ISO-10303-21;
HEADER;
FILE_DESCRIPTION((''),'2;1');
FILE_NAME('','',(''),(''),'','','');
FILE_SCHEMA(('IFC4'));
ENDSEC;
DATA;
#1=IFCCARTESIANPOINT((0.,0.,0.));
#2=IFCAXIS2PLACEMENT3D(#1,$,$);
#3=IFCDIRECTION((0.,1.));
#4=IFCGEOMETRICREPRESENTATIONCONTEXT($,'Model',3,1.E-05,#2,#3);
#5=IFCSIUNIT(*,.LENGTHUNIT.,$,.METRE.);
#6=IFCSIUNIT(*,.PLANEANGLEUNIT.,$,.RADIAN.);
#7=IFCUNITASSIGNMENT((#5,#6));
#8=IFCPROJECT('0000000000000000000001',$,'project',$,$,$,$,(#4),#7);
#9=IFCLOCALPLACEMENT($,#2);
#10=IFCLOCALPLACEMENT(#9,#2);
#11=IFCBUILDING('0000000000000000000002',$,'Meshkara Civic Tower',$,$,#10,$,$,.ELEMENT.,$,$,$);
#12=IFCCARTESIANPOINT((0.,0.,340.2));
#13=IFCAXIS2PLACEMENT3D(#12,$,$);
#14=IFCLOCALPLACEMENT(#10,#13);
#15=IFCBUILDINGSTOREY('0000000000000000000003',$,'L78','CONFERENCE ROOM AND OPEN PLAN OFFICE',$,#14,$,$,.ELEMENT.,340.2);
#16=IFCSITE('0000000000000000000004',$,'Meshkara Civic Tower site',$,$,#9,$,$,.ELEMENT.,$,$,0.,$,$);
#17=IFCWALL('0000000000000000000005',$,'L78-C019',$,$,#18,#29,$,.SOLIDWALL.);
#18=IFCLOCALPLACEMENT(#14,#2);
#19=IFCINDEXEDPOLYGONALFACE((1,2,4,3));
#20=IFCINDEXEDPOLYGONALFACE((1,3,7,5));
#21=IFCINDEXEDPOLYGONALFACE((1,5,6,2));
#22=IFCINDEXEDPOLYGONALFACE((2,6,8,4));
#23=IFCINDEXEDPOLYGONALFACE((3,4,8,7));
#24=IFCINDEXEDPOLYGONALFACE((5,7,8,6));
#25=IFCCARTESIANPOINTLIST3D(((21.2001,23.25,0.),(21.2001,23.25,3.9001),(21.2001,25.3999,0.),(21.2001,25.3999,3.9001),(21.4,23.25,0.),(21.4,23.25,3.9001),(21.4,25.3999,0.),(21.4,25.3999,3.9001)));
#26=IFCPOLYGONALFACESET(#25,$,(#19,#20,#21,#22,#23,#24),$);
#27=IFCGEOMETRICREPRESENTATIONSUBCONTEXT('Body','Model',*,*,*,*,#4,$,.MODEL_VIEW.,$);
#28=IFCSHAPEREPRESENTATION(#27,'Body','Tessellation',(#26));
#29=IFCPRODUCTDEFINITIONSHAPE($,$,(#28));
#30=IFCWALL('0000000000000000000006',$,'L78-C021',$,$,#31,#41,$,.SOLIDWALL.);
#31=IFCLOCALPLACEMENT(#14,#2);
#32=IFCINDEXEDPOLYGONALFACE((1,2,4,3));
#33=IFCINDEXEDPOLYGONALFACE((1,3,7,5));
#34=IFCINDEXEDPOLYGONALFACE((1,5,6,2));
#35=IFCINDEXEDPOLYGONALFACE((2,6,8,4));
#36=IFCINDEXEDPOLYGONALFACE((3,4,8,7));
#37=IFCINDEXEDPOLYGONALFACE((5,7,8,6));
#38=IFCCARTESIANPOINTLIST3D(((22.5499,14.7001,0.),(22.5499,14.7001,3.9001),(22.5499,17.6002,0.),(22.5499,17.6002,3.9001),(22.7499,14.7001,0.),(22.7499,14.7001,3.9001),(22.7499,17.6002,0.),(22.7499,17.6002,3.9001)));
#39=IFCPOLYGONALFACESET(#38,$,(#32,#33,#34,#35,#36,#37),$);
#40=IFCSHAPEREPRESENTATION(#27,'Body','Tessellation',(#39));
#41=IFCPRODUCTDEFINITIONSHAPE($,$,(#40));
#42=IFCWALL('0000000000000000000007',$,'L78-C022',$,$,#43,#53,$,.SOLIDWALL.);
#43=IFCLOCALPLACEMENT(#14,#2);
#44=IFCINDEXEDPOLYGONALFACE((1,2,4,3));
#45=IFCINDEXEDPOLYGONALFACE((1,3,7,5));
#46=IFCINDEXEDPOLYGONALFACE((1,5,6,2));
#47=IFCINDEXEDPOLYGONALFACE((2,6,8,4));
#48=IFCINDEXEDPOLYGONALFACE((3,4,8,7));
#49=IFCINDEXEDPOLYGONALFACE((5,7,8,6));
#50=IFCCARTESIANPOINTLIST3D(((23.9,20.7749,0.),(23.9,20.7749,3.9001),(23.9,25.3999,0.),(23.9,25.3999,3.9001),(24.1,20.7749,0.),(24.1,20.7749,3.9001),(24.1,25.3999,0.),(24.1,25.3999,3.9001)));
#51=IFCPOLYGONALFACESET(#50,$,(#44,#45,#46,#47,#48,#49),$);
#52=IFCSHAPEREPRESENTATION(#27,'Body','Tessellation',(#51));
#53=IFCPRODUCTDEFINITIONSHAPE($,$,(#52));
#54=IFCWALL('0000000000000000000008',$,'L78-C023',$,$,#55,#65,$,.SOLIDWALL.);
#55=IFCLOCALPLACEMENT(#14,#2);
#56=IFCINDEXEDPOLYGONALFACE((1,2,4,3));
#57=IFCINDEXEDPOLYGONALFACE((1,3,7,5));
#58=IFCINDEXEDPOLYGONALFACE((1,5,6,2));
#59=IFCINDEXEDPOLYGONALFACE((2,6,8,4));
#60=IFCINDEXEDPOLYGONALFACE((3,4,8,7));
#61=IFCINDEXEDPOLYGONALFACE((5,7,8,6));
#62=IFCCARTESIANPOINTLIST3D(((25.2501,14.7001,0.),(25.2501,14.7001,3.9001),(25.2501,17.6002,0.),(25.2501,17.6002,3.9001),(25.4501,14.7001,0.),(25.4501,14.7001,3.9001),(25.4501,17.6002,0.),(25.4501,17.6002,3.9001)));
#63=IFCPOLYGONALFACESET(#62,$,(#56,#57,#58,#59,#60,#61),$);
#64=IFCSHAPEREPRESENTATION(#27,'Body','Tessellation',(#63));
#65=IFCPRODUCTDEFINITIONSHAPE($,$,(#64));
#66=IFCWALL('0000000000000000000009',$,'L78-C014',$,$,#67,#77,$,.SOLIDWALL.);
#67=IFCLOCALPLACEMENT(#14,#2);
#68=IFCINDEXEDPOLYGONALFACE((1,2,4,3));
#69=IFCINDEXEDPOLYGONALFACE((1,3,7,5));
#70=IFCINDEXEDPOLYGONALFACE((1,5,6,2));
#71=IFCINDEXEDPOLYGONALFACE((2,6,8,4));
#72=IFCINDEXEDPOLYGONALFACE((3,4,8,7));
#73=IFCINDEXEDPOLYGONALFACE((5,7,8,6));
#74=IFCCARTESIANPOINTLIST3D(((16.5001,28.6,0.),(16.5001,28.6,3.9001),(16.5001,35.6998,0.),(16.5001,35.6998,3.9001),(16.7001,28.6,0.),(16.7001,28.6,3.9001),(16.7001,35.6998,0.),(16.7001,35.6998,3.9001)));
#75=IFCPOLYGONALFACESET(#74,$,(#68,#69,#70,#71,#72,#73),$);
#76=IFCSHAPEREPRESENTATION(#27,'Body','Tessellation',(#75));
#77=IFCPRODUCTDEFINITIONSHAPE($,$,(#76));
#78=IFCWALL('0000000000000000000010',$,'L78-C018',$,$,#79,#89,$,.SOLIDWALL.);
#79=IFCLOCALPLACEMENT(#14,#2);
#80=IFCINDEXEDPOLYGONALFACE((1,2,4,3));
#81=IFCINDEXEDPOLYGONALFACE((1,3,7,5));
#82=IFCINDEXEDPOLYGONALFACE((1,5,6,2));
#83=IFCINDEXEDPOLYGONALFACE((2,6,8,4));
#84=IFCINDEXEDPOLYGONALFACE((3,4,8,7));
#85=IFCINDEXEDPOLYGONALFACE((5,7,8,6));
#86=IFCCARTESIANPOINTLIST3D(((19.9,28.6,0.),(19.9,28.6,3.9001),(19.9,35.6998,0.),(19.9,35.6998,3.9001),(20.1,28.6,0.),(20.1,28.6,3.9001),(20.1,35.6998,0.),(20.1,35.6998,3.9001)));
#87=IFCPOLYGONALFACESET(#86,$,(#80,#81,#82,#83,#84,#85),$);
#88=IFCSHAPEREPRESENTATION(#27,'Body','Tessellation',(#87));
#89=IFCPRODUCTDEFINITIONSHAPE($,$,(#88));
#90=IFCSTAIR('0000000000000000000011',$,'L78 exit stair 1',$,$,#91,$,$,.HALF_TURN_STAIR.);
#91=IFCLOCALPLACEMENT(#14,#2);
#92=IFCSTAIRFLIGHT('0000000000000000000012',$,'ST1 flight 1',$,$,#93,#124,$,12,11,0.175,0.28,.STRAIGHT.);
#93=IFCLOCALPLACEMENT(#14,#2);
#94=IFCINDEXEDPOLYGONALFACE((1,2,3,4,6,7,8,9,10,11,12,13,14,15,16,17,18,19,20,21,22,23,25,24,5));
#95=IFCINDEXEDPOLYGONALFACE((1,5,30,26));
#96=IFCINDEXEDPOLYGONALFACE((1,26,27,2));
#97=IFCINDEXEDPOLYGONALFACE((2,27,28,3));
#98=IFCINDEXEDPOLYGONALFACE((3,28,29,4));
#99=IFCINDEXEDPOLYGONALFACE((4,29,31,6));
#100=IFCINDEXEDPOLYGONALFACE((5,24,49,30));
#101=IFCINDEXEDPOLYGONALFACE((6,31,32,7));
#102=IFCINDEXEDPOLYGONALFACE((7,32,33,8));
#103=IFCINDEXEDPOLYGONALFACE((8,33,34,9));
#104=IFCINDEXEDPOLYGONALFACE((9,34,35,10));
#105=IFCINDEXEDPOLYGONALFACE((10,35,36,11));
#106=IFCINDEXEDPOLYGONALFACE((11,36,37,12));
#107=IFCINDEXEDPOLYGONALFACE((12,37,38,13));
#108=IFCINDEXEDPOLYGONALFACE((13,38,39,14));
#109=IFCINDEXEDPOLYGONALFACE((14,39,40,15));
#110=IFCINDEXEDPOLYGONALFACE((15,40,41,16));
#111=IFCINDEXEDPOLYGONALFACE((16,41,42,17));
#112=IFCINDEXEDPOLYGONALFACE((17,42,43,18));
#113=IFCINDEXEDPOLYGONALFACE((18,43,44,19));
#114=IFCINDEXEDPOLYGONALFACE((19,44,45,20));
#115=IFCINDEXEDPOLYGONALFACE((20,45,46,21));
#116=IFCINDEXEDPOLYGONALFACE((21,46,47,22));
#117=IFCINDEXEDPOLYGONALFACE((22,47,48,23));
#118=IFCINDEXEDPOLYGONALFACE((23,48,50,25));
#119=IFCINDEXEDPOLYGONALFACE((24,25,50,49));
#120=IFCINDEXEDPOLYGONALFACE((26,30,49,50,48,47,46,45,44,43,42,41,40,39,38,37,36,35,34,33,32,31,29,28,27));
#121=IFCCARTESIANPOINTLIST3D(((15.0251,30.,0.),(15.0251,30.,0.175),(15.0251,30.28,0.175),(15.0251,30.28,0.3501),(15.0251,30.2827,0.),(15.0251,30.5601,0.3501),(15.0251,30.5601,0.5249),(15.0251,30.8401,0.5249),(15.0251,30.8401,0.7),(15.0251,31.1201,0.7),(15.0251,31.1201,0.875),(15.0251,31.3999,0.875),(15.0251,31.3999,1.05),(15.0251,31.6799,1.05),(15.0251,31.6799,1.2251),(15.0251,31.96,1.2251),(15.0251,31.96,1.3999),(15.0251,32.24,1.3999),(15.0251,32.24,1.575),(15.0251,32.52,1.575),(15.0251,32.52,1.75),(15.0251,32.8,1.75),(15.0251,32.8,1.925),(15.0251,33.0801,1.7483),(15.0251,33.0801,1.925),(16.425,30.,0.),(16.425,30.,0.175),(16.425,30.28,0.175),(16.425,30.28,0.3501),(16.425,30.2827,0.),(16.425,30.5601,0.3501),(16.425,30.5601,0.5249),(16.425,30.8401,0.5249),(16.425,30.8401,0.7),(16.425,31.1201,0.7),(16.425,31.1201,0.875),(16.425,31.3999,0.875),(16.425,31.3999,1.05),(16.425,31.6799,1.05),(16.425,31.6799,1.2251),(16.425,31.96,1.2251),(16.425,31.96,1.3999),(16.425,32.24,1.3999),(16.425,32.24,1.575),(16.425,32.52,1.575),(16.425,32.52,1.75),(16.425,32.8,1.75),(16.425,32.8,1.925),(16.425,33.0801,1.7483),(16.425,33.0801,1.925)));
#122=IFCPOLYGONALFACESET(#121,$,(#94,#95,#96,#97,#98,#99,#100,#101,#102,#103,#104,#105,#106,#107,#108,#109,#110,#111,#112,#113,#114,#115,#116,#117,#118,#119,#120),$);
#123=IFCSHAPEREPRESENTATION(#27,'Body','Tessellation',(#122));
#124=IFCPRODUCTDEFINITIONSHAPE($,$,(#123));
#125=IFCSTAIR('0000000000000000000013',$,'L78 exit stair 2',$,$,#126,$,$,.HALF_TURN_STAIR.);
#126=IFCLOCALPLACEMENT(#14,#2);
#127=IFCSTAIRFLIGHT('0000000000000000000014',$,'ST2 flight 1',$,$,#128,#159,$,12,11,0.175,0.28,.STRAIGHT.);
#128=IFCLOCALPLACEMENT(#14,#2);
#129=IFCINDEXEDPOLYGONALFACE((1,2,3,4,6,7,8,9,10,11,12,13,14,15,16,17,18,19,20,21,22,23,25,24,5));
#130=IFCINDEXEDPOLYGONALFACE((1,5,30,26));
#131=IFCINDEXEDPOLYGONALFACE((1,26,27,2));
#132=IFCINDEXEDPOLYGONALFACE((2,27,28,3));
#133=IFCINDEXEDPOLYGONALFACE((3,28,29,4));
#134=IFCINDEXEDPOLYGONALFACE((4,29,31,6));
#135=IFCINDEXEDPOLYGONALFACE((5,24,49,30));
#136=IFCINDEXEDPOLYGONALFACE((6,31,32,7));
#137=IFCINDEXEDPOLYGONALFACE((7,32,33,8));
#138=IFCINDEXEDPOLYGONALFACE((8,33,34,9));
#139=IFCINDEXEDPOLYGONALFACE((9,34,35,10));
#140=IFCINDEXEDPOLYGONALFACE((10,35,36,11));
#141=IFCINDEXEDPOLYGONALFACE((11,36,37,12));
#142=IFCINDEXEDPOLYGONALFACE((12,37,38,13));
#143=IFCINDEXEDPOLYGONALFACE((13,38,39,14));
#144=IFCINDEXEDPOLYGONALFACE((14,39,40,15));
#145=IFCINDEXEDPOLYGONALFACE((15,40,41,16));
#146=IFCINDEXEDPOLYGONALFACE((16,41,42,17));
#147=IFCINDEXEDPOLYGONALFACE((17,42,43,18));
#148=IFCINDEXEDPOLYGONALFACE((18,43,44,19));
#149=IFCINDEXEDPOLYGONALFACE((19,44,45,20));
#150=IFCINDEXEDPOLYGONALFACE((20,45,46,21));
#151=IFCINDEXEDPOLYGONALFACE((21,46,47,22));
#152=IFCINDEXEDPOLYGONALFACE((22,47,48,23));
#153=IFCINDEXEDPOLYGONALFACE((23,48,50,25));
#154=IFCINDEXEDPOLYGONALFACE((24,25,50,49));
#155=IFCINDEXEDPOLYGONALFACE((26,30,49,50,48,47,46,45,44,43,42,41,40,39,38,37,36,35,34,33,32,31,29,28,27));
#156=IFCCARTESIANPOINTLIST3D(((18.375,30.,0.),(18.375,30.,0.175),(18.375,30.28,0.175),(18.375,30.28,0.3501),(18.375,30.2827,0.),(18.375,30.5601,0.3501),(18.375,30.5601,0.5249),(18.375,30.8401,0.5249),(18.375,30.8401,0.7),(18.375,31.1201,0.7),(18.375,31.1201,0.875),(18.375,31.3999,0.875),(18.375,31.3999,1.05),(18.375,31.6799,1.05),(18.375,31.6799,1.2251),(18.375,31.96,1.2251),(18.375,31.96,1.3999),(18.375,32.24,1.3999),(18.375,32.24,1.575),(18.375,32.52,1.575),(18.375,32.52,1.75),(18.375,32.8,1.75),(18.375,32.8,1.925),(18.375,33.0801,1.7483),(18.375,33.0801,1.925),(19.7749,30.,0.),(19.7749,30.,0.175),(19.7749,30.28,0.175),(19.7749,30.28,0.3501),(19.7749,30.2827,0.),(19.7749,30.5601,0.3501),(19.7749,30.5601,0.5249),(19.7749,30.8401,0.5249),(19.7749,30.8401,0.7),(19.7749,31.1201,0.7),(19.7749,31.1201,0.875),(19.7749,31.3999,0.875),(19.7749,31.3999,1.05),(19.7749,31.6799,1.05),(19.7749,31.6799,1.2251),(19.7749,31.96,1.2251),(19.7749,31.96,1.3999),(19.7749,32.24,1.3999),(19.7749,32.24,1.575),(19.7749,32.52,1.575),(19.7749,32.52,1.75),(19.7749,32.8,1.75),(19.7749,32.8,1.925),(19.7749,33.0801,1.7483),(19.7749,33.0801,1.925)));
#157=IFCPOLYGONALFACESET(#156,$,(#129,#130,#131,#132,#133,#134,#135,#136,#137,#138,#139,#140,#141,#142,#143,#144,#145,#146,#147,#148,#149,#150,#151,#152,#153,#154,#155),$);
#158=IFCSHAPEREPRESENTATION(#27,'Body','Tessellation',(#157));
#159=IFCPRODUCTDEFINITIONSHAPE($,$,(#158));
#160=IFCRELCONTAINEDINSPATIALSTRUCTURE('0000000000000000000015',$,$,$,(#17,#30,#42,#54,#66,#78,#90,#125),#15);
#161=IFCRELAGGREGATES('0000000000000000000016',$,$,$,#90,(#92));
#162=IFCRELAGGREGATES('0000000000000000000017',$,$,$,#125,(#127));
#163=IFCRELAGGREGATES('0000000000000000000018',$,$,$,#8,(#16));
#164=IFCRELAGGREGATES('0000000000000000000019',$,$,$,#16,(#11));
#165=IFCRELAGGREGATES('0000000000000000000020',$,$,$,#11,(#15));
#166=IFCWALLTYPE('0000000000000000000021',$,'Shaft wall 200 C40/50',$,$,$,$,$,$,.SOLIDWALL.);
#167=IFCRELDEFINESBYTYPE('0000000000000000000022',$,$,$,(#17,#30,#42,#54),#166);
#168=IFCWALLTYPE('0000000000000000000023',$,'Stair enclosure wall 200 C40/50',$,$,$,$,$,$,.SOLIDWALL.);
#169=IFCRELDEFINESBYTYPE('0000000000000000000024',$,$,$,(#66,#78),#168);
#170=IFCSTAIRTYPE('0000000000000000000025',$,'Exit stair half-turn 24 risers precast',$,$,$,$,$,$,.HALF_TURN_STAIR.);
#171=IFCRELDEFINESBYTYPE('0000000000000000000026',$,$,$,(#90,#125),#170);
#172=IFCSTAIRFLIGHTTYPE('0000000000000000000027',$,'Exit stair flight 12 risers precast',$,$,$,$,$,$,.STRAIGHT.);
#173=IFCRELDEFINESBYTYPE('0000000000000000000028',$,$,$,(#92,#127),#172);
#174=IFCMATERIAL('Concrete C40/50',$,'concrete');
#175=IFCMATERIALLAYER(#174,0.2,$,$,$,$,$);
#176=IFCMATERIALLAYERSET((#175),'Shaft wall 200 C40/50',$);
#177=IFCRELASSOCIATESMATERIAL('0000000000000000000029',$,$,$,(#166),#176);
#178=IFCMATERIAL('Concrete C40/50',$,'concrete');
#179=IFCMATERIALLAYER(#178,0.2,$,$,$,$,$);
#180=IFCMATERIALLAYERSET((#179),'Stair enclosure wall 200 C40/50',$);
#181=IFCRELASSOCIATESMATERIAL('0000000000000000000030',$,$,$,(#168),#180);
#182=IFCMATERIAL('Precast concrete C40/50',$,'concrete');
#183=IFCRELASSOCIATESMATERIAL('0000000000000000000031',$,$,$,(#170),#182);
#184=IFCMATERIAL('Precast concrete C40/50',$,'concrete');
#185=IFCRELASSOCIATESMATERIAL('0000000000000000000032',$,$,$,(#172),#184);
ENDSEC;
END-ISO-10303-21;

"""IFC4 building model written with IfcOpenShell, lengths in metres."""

from ifc_helpers import new_model, si_unit, direction, frame, frame_2d, origin, place, context, subcontext, project, spatial, polyline, rectangle, outline, extrude, material, layer, layer_set, type_object, element, aggregate, save


model = new_model("IFC4")

# Units and contexts
model_context = context("Model", 3, precision=1e-05, world=origin(), true_north=direction((0.0, 1.0)))
body_context = subcontext(model_context, "Body", "Model", "MODEL_VIEW")
ifc_project = project(units=[si_unit("LENGTHUNIT", "METRE"), si_unit("PLANEANGLEUNIT", "RADIAN")], contexts=[model_context])

# Site, building, storey
site_placement = place(None, origin())
site = spatial("IfcSite", under=ifc_project, at=site_placement, Name="Meshkara Civic Tower site", CompositionType="ELEMENT", RefElevation=0.0)
building_placement = place(site_placement, origin())
building = spatial("IfcBuilding", under=site, at=building_placement, Name="Meshkara Civic Tower", CompositionType="ELEMENT")
storey_placement = place(building_placement, frame((0.0, 0.0, 340.2)))
storey = spatial("IfcBuildingStorey", under=building, at=storey_placement, Name="L78", Description="CONFERENCE ROOM AND OPEN PLAN OFFICE", CompositionType="ELEMENT", Elevation=340.2)

# Shared definitions
ifc_material_1 = material(Name="Concrete C40/50", Category="concrete")
ifc_layer_1 = layer(ifc_material_1, 0.2)
ifc_layer_set_1 = layer_set([ifc_layer_1], Name="Shaft wall 200 C40/50")
wall_type_1 = type_object("IfcWallType", Name="Shaft wall 200 C40/50", PredefinedType="SOLIDWALL", material=ifc_layer_set_1)

# Walls
wall_1_placement = place(storey_placement, frame((21.3, 23.25, 0.0), z_axis=(0.0, 0.0, 1.0), x_axis=(0.0, 1.0, 0.0)))
element("IfcWall", 1, at=wall_1_placement, inside=storey, type_object=wall_type_1, Name="L78-C019", PredefinedType="SOLIDWALL", context=body_context, shape_type="SweptSolid", body=[
    extrude(rectangle(XDim=2.1499, YDim=0.2, at=frame_2d((1.075, 0.0))), origin(), (0.0, 0.0, 1.0), 3.9001),
])
wall_2_placement = place(storey_placement, frame((22.6499, 14.7, 0.0), z_axis=(0.0, 0.0, 1.0), x_axis=(0.0, 1.0, 0.0)))
element("IfcWall", 2, at=wall_2_placement, inside=storey, type_object=wall_type_1, Name="L78-C021", PredefinedType="SOLIDWALL", context=body_context, shape_type="SweptSolid", body=[
    extrude(rectangle(XDim=2.9001, YDim=0.2, at=frame_2d((1.4502, 0.0))), origin(), (0.0, 0.0, 1.0), 3.9001),
])
wall_3_placement = place(storey_placement, frame((24.0, 20.7749, 0.0), z_axis=(0.0, 0.0, 1.0), x_axis=(0.0, 1.0, 0.0)))
element("IfcWall", 3, at=wall_3_placement, inside=storey, type_object=wall_type_1, Name="L78-C022", PredefinedType="SOLIDWALL", context=body_context, shape_type="SweptSolid", body=[
    extrude(rectangle(XDim=4.625, YDim=0.2, at=frame_2d((2.3125, 0.0))), origin(), (0.0, 0.0, 1.0), 3.9001),
])
wall_4_placement = place(storey_placement, frame((25.3501, 14.7, 0.0), z_axis=(0.0, 0.0, 1.0), x_axis=(0.0, 1.0, 0.0)))
element("IfcWall", 4, at=wall_4_placement, inside=storey, type_object=wall_type_1, Name="L78-C023", PredefinedType="SOLIDWALL", context=body_context, shape_type="SweptSolid", body=[
    extrude(rectangle(XDim=2.9001, YDim=0.2, at=frame_2d((1.4502, 0.0))), origin(), (0.0, 0.0, 1.0), 3.9001),
])
ifc_material_2 = material(Name="Concrete C40/50", Category="concrete")
ifc_layer_2 = layer(ifc_material_2, 0.2)
ifc_layer_set_2 = layer_set([ifc_layer_2], Name="Stair enclosure wall 200 C40/50")
wall_type_2 = type_object("IfcWallType", Name="Stair enclosure wall 200 C40/50", PredefinedType="SOLIDWALL", material=ifc_layer_set_2)
for number, where, z_axis, x_axis, name in (
    (5, (16.6001, 28.6001, 0.0), (0.0, 0.0, 1.0), (0.0, 1.0, 0.0), "L78-C014"),
    (6, (20.0, 28.6001, 0.0), (0.0, 0.0, 1.0), (0.0, 1.0, 0.0), "L78-C018"),
):
    element("IfcWall", number, at=place(storey_placement, frame(where, z_axis=z_axis, x_axis=x_axis)), inside=storey, type_object=wall_type_2, Name=name, PredefinedType="SOLIDWALL", context=body_context, shape_type="SweptSolid", body=[
        extrude(rectangle(XDim=7.0999, YDim=0.2, at=frame_2d((3.5498, 0.0))), origin(), (0.0, 0.0, 1.0), 3.9001),
    ])

# Stair, stair flight
ifc_material_3 = material(Name="Precast concrete C40/50", Category="concrete")
stair_type = type_object("IfcStairType", Name="Exit stair half-turn 24 risers precast", PredefinedType="HALF_TURN_STAIR", material=ifc_material_3)
stair_1_placement = place(storey_placement, origin())
stair_1 = element("IfcStair", 7, at=stair_1_placement, inside=storey, type_object=stair_type, Name="L78 exit stair 1", PredefinedType="HALF_TURN_STAIR")
ifc_material_4 = material(Name="Precast concrete C40/50", Category="concrete")
stair_flight_type = type_object("IfcStairFlightType", Name="Exit stair flight 12 risers precast", PredefinedType="STRAIGHT", material=ifc_material_4)
stair_flight_1_placement = place(storey_placement, frame((15.7251, 30.0, 0.0), z_axis=(0.0, 0.0, 1.0), x_axis=(0.0, 1.0, 0.0)))
stair_flight_1 = element("IfcStairFlight", 8, at=stair_flight_1_placement, type_object=stair_flight_type, Name="ST1 flight 1", NumberOfRisers=12, NumberOfTreads=11, PredefinedType="STRAIGHT", RiserHeight=0.175, TreadLength=0.28, context=body_context, shape_type="SweptSolid", body=[
    extrude(outline(polyline([(0.0, 0.0), (0.0, 0.175), (0.28, 0.175), (0.28, 0.3501), (0.5601, 0.3501), (0.5601, 0.5249), (0.8401, 0.5249), (0.8401, 0.7), (1.1201, 0.7), (1.1201, 0.875), (1.3999, 0.875), (1.3999, 1.05), (1.6799, 1.05), (1.6799, 1.2251), (1.96, 1.2251), (1.96, 1.3999), (2.24, 1.3999), (2.24, 1.575), (2.52, 1.575), (2.52, 1.75), (2.8, 1.75), (2.8, 1.925), (3.0801, 1.925), (3.0801, 2.1001), (3.0801, 1.7483), (0.2827, 0.0), (0.0, 0.0)])), frame((0.0, 0.7, 0.0), z_axis=(0.0, -1.0, 0.0), x_axis=(1.0, 0.0, 0.0)), (0.0, 0.0, 1.0), 1.3999),
])
aggregate(stair_1, [stair_flight_1])

# Stair, stair flight
stair_2_placement = place(storey_placement, origin())
stair_2 = element("IfcStair", 9, at=stair_2_placement, inside=storey, type_object=stair_type, Name="L78 exit stair 2", PredefinedType="HALF_TURN_STAIR")
stair_flight_2_placement = place(storey_placement, frame((19.075, 30.0, 0.0), z_axis=(0.0, 0.0, 1.0), x_axis=(0.0, 1.0, 0.0)))
stair_flight_2 = element("IfcStairFlight", 10, at=stair_flight_2_placement, type_object=stair_flight_type, Name="ST2 flight 1", NumberOfRisers=12, NumberOfTreads=11, PredefinedType="STRAIGHT", RiserHeight=0.175, TreadLength=0.28, context=body_context, shape_type="SweptSolid", body=[
    extrude(outline(polyline([(0.0, 0.0), (0.0, 0.175), (0.28, 0.175), (0.28, 0.3501), (0.5601, 0.3501), (0.5601, 0.5249), (0.8401, 0.5249), (0.8401, 0.7), (1.1201, 0.7), (1.1201, 0.875), (1.3999, 0.875), (1.3999, 1.05), (1.6799, 1.05), (1.6799, 1.2251), (1.96, 1.2251), (1.96, 1.3999), (2.24, 1.3999), (2.24, 1.575), (2.52, 1.575), (2.52, 1.75), (2.8, 1.75), (2.8, 1.925), (3.0801, 1.925), (3.0801, 2.1001), (3.0801, 1.7483), (0.2827, 0.0), (0.0, 0.0)])), frame((0.0, 0.7, 0.0), z_axis=(0.0, -1.0, 0.0), x_axis=(1.0, 0.0, 0.0)), (0.0, 0.0, 1.0), 1.3999),
])
aggregate(stair_2, [stair_flight_2])

save(model, "model.ifc")
